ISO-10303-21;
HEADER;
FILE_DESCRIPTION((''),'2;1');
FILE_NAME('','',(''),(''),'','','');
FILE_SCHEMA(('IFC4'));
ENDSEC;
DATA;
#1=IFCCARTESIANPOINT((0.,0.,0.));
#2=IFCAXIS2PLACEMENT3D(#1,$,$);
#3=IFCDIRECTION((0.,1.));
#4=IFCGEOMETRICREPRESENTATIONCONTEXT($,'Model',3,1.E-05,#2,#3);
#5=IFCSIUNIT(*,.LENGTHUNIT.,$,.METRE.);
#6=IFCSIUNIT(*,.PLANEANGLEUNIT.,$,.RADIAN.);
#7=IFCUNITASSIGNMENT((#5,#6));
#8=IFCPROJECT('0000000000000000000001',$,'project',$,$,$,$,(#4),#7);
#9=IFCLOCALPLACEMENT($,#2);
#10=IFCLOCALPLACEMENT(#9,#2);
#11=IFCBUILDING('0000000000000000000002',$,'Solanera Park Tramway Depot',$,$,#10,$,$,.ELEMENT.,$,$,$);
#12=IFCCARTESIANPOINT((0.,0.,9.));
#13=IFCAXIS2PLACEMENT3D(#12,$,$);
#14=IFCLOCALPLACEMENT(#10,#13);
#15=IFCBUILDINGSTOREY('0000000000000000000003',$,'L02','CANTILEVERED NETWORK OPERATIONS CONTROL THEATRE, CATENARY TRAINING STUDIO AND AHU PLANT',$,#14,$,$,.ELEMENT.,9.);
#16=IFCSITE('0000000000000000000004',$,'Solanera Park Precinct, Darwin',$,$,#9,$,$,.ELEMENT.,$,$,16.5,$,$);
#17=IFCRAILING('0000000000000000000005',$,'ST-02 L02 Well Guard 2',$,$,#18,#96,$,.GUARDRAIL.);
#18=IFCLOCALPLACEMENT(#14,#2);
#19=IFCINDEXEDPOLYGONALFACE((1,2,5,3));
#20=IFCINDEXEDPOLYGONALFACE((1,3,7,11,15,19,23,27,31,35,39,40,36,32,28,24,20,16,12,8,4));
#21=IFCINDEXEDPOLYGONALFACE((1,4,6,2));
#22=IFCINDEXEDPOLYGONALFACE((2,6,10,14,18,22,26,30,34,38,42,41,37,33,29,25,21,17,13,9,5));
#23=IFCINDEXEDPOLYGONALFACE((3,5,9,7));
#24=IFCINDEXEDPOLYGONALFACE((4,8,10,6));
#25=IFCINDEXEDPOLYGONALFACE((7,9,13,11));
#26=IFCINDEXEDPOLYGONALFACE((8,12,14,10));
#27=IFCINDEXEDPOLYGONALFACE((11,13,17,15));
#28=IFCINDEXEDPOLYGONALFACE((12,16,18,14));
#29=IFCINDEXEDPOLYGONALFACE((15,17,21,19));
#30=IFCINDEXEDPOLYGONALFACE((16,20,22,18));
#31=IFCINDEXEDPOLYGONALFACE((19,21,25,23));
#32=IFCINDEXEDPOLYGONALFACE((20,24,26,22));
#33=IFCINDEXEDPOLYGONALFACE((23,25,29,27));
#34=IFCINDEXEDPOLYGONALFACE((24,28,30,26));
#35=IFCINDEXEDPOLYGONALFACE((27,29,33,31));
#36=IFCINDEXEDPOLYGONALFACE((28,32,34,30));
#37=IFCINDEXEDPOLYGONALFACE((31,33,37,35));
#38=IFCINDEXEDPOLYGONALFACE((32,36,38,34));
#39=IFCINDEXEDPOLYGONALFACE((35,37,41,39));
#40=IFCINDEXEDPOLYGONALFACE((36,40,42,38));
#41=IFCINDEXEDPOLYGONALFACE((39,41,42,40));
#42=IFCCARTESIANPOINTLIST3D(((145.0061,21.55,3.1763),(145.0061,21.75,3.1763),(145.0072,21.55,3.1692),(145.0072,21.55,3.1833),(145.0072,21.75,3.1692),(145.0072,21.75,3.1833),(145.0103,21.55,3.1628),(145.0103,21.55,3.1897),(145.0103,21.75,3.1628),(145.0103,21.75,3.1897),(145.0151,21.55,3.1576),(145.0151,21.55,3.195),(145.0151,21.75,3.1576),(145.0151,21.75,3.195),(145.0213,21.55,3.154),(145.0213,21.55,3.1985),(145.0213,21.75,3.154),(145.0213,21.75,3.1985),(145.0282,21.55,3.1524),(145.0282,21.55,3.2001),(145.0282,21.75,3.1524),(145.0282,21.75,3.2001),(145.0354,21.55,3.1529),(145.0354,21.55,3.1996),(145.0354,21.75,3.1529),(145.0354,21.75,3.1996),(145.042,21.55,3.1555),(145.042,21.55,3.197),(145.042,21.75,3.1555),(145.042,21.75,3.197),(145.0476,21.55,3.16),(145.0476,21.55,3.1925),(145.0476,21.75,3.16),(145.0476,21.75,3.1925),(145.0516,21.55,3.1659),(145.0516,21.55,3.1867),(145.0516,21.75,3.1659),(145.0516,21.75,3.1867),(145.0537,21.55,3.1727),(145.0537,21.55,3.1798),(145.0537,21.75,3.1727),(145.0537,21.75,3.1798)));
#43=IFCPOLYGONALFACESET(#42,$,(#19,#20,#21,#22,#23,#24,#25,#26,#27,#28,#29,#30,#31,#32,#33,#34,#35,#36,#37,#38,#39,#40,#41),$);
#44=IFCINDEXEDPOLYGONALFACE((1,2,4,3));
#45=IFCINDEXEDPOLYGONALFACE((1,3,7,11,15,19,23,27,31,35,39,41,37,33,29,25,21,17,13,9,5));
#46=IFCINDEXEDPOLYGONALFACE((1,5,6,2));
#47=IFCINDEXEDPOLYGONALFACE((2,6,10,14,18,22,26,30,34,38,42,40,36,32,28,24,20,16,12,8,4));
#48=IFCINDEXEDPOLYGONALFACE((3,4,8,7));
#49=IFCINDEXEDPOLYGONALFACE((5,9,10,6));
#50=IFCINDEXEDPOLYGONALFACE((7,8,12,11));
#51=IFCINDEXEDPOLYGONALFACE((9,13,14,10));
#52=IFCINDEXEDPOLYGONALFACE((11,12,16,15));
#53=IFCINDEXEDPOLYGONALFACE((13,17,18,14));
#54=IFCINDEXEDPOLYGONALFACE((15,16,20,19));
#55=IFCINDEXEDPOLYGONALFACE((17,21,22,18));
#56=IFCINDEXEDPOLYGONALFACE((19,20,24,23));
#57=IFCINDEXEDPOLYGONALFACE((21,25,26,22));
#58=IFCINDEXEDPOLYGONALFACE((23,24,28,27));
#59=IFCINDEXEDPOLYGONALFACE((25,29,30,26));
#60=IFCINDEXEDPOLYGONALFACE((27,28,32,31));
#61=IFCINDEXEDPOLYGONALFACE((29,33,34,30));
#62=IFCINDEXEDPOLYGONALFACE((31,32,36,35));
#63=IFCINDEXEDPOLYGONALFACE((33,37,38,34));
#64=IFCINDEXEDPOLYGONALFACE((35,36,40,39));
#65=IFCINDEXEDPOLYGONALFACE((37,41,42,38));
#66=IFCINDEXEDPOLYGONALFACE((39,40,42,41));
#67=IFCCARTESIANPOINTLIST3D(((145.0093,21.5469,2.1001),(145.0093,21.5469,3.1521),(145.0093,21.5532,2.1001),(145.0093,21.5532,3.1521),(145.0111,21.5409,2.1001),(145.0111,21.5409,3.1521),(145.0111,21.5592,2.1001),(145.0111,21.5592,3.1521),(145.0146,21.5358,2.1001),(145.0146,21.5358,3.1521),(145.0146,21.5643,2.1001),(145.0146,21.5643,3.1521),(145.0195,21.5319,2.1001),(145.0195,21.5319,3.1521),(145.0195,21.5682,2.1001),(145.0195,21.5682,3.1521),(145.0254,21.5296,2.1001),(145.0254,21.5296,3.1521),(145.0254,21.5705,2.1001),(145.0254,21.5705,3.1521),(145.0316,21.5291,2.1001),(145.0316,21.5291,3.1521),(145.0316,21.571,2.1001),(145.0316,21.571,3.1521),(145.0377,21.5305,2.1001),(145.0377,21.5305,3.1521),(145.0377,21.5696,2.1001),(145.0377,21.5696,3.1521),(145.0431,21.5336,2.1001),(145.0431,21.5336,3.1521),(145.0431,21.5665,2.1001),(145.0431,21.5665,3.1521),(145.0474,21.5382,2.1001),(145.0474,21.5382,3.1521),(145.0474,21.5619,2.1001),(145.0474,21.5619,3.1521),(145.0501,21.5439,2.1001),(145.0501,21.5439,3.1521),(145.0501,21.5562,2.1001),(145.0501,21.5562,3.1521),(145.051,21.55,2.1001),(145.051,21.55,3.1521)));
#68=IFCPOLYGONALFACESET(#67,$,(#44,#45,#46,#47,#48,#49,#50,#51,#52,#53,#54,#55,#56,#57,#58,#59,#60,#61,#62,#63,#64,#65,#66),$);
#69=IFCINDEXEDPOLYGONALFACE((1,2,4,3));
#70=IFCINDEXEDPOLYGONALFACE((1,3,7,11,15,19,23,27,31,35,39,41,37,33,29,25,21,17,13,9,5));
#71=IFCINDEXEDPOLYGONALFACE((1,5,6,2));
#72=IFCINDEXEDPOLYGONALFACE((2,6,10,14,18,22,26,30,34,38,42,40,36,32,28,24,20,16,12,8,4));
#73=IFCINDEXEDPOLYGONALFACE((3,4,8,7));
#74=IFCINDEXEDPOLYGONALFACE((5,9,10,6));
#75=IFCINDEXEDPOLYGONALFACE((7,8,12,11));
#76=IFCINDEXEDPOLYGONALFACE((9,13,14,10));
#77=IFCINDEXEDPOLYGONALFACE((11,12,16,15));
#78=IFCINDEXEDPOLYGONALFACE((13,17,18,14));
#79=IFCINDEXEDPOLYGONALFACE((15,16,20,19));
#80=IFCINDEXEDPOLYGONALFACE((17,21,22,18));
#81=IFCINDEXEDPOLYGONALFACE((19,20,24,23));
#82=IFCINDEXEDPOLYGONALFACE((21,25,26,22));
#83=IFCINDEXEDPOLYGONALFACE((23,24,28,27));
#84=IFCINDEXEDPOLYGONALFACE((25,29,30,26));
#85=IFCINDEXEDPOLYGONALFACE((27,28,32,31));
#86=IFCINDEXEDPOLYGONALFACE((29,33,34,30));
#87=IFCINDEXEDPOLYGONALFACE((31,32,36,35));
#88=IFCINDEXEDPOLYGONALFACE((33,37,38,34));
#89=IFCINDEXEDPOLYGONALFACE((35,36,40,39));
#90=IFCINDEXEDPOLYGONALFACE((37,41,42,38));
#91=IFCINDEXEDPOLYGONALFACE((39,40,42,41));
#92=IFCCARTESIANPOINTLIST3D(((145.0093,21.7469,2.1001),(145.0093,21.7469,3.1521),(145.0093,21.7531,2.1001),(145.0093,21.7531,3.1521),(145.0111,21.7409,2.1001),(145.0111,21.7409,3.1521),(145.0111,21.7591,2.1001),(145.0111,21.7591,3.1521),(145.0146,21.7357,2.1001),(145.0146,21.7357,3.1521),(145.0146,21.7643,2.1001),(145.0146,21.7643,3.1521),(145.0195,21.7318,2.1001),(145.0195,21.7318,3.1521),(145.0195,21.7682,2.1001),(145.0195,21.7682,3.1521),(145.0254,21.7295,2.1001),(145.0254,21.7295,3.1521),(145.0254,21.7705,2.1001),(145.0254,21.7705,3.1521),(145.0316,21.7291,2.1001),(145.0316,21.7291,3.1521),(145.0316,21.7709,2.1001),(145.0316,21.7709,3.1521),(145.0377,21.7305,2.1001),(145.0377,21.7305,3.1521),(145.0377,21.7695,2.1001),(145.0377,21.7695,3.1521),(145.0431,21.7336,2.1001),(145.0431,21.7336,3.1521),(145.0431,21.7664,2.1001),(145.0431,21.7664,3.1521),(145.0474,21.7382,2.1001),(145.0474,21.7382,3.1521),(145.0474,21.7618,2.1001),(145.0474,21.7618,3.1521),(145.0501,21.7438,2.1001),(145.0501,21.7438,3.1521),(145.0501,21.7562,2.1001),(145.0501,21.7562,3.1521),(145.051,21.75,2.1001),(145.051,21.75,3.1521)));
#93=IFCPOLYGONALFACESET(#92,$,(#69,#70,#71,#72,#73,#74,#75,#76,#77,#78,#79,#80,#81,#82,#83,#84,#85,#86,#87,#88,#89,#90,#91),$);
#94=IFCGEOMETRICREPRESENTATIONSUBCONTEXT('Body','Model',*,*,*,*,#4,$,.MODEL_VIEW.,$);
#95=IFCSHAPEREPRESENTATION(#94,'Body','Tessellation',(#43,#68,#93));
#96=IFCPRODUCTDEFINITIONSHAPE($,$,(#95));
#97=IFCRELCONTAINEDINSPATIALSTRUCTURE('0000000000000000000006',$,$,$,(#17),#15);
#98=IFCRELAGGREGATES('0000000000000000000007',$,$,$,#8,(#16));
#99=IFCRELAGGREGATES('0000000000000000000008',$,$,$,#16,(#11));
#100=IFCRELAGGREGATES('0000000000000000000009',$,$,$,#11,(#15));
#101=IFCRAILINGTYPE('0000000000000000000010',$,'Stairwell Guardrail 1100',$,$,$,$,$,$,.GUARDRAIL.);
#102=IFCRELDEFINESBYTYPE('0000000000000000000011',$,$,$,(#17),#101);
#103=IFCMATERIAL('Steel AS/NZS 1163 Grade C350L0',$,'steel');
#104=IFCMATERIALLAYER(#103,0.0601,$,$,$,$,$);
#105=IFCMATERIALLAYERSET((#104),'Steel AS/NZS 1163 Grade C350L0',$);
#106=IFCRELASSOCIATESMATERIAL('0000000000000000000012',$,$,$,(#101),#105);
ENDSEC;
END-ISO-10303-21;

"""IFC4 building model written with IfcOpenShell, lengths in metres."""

from ifc_helpers import new_model, si_unit, direction, frame, origin, origin_2d, place, context, subcontext, project, spatial, circle, extrude, material, layer, layer_set, type_object, element, save


model = new_model("IFC4")

# Units and contexts
model_context = context("Model", 3, precision=1e-05, world=origin(), true_north=direction((0.0, 1.0)))
body_context = subcontext(model_context, "Body", "Model", "MODEL_VIEW")
ifc_project = project(units=[si_unit("LENGTHUNIT", "METRE"), si_unit("PLANEANGLEUNIT", "RADIAN")], contexts=[model_context])

# Site, building, storey
site_placement = place(None, origin())
site = spatial("IfcSite", under=ifc_project, at=site_placement, Name="Solanera Park Precinct, Darwin", CompositionType="ELEMENT", RefElevation=16.5)
building_placement = place(site_placement, origin())
building = spatial("IfcBuilding", under=site, at=building_placement, Name="Solanera Park Tramway Depot", CompositionType="ELEMENT")
storey_placement = place(building_placement, frame((0.0, 0.0, 9.0)))
storey = spatial("IfcBuildingStorey", under=building, at=storey_placement, Name="L02", Description="CANTILEVERED NETWORK OPERATIONS CONTROL THEATRE, CATENARY TRAINING STUDIO AND AHU PLANT", CompositionType="ELEMENT", Elevation=9.0)

# Railing
ifc_material_1 = material(Name="Steel AS/NZS 1163 Grade C350L0", Category="steel")
ifc_layer_1 = layer(ifc_material_1, 0.0601)
ifc_layer_set_1 = layer_set([ifc_layer_1], Name="Steel AS/NZS 1163 Grade C350L0")
railing_type_1 = type_object("IfcRailingType", Name="Stairwell Guardrail 1100", PredefinedType="GUARDRAIL", material=ifc_layer_set_1)
railing_1_placement = place(storey_placement, frame((145.03, 21.55, 2.1001)))
element("IfcRailing", 1, at=railing_1_placement, inside=storey, type_object=railing_type_1, Name="ST-02 L02 Well Guard 2", PredefinedType="GUARDRAIL", context=body_context, shape_type="SweptSolid", body=[
    extrude(circle(Radius=0.0239, at=origin_2d()), frame((0.0, 0.0, 1.0762), z_axis=(0.0, 1.0, 0.0), x_axis=(-1.0, 0.0, 0.0)), (0.0, 0.0, 1.0), 0.2),
    extrude(circle(Radius=0.021, at=origin_2d()), origin(), (0.0, 0.0, 1.0), 1.052),
    extrude(circle(Radius=0.021, at=origin_2d()), frame((0.0, 0.2, 0.0)), (0.0, 0.0, 1.0), 1.052),
])

save(model, "model.ifc")
